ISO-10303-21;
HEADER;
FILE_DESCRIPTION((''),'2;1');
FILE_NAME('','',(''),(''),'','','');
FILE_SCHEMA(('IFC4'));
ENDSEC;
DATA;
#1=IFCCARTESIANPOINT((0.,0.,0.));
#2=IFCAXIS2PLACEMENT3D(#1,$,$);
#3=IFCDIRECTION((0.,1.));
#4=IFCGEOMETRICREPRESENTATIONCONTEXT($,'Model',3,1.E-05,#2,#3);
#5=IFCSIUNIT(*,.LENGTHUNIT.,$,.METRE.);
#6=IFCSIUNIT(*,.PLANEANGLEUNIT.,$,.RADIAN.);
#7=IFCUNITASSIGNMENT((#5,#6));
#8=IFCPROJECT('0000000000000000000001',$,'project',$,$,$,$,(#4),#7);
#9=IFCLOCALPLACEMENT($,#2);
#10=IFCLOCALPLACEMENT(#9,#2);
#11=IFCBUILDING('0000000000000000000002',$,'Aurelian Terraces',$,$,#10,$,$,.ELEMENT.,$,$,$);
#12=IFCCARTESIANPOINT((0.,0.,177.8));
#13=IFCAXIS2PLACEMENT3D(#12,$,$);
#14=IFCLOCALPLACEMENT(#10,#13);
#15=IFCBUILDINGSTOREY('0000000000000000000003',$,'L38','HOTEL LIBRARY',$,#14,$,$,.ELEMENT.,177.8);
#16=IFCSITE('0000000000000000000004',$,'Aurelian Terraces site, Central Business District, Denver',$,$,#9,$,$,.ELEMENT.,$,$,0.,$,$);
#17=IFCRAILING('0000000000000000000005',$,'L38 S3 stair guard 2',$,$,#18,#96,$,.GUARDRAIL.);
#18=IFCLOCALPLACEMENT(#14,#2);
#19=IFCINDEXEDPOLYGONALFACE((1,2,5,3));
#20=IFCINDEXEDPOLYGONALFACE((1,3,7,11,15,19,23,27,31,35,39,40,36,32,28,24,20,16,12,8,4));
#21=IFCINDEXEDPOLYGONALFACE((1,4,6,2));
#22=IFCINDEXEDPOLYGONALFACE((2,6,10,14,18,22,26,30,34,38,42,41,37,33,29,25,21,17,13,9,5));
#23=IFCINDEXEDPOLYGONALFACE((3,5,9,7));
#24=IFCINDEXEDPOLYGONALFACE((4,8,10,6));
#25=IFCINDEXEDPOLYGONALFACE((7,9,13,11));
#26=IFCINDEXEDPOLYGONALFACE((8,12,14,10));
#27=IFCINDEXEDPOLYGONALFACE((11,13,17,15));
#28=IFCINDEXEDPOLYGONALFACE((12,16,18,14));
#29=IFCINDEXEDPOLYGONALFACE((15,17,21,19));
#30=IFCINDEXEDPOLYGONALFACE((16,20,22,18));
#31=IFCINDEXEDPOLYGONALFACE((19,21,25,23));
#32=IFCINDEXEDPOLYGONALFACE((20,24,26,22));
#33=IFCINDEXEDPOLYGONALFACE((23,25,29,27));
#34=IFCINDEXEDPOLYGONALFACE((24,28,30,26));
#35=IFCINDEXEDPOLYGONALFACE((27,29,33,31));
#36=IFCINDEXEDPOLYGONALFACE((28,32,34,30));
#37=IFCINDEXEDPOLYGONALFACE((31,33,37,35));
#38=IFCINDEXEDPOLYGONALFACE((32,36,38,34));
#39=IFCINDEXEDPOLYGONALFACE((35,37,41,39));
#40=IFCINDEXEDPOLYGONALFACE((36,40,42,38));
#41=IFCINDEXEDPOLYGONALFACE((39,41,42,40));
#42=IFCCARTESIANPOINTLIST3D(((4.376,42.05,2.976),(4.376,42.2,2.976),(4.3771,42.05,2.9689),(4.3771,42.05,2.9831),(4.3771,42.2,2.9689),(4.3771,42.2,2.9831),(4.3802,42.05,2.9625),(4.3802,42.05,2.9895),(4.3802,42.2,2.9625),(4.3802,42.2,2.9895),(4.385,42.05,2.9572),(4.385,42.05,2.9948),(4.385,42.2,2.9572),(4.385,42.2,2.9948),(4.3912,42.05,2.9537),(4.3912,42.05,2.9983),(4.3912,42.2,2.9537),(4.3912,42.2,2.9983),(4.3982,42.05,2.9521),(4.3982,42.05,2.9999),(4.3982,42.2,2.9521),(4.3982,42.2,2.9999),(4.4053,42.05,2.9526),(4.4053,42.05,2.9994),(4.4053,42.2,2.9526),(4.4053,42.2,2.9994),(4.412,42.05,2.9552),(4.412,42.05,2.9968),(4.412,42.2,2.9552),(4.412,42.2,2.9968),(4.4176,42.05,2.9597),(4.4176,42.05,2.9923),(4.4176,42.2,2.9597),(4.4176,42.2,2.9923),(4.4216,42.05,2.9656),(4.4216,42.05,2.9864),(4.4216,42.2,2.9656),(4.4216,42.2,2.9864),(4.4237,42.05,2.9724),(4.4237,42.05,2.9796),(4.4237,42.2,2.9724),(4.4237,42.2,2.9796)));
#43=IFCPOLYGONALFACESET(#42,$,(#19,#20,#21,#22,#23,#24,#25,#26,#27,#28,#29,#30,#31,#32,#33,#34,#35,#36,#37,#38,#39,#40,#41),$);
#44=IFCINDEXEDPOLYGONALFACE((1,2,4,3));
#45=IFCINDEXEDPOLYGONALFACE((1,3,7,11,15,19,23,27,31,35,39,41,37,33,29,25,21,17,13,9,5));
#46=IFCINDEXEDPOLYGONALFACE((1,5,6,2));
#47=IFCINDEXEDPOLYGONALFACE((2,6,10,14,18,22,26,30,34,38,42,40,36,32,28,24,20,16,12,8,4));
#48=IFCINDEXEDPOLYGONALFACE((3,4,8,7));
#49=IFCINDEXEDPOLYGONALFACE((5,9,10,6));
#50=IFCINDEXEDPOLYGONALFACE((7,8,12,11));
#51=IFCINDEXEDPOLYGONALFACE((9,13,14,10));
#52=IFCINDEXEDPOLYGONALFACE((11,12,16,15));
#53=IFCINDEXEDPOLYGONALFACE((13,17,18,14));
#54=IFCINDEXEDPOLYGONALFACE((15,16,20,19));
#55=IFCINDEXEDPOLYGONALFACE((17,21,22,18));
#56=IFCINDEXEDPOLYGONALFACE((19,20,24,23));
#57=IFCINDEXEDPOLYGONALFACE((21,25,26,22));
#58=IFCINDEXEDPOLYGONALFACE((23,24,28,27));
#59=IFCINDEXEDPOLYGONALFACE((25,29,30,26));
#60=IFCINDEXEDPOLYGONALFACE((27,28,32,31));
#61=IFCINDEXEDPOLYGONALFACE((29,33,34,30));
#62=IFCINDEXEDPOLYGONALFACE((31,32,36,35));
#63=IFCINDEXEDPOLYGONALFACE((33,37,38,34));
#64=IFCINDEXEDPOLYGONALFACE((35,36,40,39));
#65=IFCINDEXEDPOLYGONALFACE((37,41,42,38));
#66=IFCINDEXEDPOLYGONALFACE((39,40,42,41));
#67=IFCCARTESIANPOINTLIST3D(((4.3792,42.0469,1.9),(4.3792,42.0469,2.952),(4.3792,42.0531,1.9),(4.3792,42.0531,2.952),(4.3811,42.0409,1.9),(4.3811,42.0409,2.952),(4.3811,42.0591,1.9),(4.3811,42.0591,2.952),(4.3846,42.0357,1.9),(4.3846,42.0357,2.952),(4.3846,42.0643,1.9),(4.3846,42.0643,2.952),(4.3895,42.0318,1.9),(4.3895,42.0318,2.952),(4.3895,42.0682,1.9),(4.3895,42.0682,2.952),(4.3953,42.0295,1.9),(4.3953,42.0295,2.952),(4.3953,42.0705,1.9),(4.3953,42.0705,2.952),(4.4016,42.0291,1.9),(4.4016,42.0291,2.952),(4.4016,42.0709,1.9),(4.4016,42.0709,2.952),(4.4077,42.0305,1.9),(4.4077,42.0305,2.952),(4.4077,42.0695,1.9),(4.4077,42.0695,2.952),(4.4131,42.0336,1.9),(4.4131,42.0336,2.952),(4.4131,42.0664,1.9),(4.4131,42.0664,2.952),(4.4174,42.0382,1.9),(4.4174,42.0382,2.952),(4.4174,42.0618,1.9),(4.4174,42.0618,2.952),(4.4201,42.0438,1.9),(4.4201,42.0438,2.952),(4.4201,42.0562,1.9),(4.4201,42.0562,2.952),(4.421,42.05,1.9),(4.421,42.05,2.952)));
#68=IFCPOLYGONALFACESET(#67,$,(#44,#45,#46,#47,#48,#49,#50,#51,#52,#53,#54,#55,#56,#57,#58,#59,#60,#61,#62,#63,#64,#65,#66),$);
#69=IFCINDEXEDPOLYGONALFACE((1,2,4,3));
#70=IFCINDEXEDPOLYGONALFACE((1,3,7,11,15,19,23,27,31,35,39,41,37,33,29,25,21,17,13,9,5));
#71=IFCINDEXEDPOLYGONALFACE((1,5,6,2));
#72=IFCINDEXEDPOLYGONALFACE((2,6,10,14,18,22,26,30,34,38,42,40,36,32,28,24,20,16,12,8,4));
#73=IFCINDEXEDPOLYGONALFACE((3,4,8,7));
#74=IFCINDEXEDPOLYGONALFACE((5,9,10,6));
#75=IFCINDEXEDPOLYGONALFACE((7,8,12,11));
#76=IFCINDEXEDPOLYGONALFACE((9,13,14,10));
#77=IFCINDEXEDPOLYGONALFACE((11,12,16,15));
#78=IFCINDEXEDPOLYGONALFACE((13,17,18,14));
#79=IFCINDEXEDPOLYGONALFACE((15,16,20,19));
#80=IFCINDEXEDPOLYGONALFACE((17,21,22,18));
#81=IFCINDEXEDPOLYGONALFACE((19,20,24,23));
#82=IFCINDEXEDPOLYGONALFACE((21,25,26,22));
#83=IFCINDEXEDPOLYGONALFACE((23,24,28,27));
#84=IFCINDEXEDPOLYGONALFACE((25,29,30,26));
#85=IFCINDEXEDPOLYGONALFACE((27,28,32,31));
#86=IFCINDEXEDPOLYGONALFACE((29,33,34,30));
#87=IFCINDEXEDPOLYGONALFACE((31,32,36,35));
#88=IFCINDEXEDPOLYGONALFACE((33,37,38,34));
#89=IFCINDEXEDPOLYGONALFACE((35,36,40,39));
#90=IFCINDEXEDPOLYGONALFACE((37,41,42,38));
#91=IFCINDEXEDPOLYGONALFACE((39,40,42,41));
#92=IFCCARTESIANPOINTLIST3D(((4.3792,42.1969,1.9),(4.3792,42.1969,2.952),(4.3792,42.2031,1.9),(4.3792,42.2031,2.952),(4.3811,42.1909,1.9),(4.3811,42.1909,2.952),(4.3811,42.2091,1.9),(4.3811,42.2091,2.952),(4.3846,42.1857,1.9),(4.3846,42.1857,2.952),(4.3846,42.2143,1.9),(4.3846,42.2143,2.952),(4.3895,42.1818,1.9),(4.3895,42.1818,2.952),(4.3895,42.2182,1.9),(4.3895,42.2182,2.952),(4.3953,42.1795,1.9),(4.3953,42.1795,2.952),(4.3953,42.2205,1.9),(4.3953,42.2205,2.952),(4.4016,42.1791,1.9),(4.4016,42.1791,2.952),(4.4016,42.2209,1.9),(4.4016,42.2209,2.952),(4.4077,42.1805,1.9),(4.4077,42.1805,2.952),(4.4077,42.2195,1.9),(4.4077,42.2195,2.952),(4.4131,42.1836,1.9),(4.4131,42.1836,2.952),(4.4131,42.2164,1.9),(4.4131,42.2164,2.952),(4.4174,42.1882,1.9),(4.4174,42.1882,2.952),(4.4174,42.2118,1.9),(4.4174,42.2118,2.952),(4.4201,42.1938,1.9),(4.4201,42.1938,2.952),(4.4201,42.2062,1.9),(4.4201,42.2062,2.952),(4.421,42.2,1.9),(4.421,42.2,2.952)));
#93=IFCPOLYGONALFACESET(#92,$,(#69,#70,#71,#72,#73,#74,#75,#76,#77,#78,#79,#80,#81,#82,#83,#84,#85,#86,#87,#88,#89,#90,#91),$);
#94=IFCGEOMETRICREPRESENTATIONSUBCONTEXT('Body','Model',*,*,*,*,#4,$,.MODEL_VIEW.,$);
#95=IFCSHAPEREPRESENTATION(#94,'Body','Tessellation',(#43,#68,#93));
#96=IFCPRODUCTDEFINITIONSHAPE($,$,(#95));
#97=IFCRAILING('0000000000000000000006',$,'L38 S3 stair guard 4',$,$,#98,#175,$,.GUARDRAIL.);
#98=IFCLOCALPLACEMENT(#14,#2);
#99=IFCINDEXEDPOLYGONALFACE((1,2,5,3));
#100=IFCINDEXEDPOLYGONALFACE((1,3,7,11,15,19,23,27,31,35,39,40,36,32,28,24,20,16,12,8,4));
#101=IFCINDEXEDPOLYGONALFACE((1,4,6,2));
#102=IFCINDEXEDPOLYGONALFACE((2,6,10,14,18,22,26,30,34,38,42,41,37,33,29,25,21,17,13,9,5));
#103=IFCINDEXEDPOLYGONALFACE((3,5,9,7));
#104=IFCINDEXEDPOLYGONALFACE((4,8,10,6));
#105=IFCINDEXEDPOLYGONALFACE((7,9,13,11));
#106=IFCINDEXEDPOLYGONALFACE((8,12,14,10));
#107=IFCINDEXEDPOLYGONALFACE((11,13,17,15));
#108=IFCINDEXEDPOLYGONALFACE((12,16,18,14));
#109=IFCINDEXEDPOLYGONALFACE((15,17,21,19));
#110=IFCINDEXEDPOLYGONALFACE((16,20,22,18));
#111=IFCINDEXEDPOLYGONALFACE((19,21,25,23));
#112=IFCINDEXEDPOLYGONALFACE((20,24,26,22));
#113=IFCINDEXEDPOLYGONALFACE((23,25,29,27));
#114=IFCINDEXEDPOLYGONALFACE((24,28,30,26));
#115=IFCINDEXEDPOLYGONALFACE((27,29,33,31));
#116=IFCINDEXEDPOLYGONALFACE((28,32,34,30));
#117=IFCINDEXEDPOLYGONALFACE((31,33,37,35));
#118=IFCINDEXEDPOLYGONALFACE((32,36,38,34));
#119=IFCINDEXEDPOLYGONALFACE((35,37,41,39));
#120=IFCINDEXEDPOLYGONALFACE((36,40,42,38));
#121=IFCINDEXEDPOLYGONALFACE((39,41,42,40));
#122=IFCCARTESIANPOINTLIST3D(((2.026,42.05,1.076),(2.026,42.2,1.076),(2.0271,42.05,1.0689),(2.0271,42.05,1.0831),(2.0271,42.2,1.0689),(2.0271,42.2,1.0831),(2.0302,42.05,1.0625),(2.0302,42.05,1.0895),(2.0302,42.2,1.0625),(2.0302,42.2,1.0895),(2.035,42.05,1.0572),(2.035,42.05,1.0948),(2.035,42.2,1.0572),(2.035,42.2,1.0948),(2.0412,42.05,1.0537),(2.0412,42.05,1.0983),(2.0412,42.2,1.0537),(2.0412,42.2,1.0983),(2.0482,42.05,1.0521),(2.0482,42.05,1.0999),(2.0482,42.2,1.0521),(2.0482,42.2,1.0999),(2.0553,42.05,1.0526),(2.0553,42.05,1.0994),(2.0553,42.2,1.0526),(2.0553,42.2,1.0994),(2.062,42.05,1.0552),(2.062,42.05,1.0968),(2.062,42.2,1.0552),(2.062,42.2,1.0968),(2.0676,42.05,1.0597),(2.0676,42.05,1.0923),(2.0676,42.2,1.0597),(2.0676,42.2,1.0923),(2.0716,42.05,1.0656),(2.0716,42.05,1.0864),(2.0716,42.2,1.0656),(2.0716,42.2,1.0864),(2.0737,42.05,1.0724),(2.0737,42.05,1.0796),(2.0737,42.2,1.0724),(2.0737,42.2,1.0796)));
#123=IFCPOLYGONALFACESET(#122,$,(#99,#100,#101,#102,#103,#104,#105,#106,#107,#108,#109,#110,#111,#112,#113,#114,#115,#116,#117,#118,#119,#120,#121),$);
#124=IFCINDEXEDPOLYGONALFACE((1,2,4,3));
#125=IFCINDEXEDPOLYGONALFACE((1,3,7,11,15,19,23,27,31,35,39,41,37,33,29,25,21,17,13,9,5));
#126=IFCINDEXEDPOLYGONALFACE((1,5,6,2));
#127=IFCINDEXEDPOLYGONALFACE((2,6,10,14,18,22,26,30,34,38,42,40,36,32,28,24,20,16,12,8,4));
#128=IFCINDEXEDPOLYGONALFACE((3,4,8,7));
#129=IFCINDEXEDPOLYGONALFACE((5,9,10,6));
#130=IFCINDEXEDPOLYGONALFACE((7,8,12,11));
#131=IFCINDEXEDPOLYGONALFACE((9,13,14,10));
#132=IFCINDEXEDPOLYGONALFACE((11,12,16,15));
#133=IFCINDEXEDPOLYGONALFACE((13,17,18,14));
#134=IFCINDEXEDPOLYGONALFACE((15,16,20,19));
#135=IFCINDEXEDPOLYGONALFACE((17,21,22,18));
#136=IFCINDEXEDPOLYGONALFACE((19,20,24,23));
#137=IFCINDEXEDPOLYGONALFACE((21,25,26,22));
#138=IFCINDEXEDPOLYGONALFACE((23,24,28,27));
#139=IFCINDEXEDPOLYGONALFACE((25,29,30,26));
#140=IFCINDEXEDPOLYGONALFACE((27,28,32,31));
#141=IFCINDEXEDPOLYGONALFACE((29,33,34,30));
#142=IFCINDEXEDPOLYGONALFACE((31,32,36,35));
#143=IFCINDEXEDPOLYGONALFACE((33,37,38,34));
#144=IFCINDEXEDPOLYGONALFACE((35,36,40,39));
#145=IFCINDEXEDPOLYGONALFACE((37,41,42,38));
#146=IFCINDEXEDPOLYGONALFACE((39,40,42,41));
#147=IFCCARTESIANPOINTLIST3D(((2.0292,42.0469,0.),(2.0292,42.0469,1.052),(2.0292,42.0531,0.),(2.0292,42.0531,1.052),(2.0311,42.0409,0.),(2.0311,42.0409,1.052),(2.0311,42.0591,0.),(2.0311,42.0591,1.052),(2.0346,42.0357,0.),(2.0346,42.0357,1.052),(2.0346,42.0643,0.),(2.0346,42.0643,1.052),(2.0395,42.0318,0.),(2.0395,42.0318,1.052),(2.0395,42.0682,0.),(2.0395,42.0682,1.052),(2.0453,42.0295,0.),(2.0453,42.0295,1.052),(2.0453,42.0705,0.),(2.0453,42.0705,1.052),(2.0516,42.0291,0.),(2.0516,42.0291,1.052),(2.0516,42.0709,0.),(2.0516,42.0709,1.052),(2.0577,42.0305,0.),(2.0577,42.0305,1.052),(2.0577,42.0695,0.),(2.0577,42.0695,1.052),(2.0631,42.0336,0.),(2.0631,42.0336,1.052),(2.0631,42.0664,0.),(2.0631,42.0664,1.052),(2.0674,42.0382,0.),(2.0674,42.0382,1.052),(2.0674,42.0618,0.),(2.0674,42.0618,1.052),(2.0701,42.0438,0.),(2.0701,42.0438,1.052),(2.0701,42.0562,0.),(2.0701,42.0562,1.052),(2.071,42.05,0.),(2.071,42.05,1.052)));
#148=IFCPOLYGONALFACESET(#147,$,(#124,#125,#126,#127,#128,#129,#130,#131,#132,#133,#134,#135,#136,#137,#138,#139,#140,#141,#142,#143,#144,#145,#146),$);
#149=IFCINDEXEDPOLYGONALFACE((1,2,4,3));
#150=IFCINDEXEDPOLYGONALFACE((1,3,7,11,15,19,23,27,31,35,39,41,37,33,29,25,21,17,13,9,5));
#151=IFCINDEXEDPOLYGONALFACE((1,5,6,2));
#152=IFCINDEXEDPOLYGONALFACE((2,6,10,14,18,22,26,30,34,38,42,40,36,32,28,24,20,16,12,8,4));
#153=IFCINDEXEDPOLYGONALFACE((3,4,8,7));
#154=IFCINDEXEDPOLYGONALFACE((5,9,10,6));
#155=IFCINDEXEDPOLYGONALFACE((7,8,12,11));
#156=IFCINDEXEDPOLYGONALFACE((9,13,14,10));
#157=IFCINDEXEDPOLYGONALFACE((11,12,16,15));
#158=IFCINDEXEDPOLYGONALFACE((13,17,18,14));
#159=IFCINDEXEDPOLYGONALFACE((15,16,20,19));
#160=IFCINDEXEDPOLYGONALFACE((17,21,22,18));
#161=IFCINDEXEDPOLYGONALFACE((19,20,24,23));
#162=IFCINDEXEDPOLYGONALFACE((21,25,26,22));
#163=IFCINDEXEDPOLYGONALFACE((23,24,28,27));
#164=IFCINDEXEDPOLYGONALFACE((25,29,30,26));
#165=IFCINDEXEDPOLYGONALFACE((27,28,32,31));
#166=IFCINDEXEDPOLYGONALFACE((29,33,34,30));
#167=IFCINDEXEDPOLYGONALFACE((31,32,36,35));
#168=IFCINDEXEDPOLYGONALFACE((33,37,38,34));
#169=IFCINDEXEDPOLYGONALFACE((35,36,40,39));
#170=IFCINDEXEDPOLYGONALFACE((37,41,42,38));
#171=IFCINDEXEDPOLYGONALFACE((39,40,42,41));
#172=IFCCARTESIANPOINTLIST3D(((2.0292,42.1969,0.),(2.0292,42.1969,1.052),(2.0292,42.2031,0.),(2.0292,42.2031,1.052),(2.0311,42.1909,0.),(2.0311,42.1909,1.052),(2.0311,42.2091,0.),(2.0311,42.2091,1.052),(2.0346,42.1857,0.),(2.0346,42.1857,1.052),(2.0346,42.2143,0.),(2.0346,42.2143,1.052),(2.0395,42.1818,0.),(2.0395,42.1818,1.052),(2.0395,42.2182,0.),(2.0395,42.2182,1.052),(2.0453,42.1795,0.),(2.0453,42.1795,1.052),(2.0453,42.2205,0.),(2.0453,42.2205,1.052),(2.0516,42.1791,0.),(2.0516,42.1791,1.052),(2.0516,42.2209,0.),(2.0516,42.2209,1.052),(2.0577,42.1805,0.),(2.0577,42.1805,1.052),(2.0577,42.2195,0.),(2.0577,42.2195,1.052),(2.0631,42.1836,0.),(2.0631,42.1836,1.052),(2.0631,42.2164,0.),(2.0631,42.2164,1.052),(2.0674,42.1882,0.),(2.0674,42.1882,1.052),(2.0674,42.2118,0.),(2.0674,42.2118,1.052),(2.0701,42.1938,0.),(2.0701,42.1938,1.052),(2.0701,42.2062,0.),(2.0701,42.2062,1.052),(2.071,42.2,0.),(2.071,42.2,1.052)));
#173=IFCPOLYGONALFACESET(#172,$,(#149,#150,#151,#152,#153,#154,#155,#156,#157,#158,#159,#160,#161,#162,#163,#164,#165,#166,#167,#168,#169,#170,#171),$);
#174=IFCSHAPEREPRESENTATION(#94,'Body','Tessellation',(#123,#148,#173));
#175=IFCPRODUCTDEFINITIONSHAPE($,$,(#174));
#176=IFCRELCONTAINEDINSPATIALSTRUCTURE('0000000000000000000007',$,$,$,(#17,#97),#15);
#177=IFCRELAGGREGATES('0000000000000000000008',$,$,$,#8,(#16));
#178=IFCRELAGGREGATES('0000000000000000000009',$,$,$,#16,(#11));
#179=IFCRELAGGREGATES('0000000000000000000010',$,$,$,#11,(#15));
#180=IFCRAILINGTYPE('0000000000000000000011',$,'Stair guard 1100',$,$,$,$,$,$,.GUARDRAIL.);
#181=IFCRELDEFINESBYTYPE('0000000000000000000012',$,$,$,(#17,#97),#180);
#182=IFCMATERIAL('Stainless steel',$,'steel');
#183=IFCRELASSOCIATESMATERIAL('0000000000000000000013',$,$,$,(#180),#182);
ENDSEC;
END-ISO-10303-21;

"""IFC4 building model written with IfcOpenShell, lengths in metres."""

from ifc_helpers import new_model, si_unit, direction, frame, origin, origin_2d, place, context, subcontext, project, spatial, circle, extrude, source, transform, mapped, material, type_object, element, save


model = new_model("IFC4")

# Units and contexts
model_context = context("Model", 3, precision=1e-05, world=origin(), true_north=direction((0.0, 1.0)))
body_context = subcontext(model_context, "Body", "Model", "MODEL_VIEW")
ifc_project = project(units=[si_unit("LENGTHUNIT", "METRE"), si_unit("PLANEANGLEUNIT", "RADIAN")], contexts=[model_context])

# Site, building, storey
site_placement = place(None, origin())
site = spatial("IfcSite", under=ifc_project, at=site_placement, Name="Aurelian Terraces site, Central Business District, Denver", CompositionType="ELEMENT", RefElevation=0.0)
building_placement = place(site_placement, origin())
building = spatial("IfcBuilding", under=site, at=building_placement, Name="Aurelian Terraces", CompositionType="ELEMENT")
storey_placement = place(building_placement, frame((0.0, 0.0, 177.8)))
storey = spatial("IfcBuildingStorey", under=building, at=storey_placement, Name="L38", Description="HOTEL LIBRARY", CompositionType="ELEMENT", Elevation=177.8)

# Railings
ifc_material_1 = material(Name="Stainless steel", Category="steel")
railing_type_1 = type_object("IfcRailingType", Name="Stair guard 1100", PredefinedType="GUARDRAIL", material=ifc_material_1)
shared_shape_1 = source(origin(), body_context, "Body", "SweptSolid", [
    extrude(circle(Radius=0.024, at=origin_2d()), frame((0.0, 0.0, 1.076), z_axis=(0.0, 1.0, 0.0), x_axis=(-1.0, 0.0, 0.0)), (0.0, 0.0, 1.0), 0.15),
    extrude(circle(Radius=0.021, at=origin_2d()), origin(), (0.0, 0.0, 1.0), 1.052),
    extrude(circle(Radius=0.021, at=origin_2d()), frame((0.0, 0.15, 0.0)), (0.0, 0.0, 1.0), 1.052),
])
for number, where, name in (
    (1, (4.4, 42.05, 1.9), "L38 S3 stair guard 2"),
    (2, (2.05, 42.05, 0.0), "L38 S3 stair guard 4"),
):
    element("IfcRailing", number, at=place(storey_placement, frame(where)), inside=storey, type_object=railing_type_1, Name=name, PredefinedType="GUARDRAIL", context=body_context, shape_type="MappedRepresentation", body=[
        mapped(shared_shape_1, transform((0.0, 0.0, 0.0), scale=1.0)),
    ])

save(model, "model.ifc")
